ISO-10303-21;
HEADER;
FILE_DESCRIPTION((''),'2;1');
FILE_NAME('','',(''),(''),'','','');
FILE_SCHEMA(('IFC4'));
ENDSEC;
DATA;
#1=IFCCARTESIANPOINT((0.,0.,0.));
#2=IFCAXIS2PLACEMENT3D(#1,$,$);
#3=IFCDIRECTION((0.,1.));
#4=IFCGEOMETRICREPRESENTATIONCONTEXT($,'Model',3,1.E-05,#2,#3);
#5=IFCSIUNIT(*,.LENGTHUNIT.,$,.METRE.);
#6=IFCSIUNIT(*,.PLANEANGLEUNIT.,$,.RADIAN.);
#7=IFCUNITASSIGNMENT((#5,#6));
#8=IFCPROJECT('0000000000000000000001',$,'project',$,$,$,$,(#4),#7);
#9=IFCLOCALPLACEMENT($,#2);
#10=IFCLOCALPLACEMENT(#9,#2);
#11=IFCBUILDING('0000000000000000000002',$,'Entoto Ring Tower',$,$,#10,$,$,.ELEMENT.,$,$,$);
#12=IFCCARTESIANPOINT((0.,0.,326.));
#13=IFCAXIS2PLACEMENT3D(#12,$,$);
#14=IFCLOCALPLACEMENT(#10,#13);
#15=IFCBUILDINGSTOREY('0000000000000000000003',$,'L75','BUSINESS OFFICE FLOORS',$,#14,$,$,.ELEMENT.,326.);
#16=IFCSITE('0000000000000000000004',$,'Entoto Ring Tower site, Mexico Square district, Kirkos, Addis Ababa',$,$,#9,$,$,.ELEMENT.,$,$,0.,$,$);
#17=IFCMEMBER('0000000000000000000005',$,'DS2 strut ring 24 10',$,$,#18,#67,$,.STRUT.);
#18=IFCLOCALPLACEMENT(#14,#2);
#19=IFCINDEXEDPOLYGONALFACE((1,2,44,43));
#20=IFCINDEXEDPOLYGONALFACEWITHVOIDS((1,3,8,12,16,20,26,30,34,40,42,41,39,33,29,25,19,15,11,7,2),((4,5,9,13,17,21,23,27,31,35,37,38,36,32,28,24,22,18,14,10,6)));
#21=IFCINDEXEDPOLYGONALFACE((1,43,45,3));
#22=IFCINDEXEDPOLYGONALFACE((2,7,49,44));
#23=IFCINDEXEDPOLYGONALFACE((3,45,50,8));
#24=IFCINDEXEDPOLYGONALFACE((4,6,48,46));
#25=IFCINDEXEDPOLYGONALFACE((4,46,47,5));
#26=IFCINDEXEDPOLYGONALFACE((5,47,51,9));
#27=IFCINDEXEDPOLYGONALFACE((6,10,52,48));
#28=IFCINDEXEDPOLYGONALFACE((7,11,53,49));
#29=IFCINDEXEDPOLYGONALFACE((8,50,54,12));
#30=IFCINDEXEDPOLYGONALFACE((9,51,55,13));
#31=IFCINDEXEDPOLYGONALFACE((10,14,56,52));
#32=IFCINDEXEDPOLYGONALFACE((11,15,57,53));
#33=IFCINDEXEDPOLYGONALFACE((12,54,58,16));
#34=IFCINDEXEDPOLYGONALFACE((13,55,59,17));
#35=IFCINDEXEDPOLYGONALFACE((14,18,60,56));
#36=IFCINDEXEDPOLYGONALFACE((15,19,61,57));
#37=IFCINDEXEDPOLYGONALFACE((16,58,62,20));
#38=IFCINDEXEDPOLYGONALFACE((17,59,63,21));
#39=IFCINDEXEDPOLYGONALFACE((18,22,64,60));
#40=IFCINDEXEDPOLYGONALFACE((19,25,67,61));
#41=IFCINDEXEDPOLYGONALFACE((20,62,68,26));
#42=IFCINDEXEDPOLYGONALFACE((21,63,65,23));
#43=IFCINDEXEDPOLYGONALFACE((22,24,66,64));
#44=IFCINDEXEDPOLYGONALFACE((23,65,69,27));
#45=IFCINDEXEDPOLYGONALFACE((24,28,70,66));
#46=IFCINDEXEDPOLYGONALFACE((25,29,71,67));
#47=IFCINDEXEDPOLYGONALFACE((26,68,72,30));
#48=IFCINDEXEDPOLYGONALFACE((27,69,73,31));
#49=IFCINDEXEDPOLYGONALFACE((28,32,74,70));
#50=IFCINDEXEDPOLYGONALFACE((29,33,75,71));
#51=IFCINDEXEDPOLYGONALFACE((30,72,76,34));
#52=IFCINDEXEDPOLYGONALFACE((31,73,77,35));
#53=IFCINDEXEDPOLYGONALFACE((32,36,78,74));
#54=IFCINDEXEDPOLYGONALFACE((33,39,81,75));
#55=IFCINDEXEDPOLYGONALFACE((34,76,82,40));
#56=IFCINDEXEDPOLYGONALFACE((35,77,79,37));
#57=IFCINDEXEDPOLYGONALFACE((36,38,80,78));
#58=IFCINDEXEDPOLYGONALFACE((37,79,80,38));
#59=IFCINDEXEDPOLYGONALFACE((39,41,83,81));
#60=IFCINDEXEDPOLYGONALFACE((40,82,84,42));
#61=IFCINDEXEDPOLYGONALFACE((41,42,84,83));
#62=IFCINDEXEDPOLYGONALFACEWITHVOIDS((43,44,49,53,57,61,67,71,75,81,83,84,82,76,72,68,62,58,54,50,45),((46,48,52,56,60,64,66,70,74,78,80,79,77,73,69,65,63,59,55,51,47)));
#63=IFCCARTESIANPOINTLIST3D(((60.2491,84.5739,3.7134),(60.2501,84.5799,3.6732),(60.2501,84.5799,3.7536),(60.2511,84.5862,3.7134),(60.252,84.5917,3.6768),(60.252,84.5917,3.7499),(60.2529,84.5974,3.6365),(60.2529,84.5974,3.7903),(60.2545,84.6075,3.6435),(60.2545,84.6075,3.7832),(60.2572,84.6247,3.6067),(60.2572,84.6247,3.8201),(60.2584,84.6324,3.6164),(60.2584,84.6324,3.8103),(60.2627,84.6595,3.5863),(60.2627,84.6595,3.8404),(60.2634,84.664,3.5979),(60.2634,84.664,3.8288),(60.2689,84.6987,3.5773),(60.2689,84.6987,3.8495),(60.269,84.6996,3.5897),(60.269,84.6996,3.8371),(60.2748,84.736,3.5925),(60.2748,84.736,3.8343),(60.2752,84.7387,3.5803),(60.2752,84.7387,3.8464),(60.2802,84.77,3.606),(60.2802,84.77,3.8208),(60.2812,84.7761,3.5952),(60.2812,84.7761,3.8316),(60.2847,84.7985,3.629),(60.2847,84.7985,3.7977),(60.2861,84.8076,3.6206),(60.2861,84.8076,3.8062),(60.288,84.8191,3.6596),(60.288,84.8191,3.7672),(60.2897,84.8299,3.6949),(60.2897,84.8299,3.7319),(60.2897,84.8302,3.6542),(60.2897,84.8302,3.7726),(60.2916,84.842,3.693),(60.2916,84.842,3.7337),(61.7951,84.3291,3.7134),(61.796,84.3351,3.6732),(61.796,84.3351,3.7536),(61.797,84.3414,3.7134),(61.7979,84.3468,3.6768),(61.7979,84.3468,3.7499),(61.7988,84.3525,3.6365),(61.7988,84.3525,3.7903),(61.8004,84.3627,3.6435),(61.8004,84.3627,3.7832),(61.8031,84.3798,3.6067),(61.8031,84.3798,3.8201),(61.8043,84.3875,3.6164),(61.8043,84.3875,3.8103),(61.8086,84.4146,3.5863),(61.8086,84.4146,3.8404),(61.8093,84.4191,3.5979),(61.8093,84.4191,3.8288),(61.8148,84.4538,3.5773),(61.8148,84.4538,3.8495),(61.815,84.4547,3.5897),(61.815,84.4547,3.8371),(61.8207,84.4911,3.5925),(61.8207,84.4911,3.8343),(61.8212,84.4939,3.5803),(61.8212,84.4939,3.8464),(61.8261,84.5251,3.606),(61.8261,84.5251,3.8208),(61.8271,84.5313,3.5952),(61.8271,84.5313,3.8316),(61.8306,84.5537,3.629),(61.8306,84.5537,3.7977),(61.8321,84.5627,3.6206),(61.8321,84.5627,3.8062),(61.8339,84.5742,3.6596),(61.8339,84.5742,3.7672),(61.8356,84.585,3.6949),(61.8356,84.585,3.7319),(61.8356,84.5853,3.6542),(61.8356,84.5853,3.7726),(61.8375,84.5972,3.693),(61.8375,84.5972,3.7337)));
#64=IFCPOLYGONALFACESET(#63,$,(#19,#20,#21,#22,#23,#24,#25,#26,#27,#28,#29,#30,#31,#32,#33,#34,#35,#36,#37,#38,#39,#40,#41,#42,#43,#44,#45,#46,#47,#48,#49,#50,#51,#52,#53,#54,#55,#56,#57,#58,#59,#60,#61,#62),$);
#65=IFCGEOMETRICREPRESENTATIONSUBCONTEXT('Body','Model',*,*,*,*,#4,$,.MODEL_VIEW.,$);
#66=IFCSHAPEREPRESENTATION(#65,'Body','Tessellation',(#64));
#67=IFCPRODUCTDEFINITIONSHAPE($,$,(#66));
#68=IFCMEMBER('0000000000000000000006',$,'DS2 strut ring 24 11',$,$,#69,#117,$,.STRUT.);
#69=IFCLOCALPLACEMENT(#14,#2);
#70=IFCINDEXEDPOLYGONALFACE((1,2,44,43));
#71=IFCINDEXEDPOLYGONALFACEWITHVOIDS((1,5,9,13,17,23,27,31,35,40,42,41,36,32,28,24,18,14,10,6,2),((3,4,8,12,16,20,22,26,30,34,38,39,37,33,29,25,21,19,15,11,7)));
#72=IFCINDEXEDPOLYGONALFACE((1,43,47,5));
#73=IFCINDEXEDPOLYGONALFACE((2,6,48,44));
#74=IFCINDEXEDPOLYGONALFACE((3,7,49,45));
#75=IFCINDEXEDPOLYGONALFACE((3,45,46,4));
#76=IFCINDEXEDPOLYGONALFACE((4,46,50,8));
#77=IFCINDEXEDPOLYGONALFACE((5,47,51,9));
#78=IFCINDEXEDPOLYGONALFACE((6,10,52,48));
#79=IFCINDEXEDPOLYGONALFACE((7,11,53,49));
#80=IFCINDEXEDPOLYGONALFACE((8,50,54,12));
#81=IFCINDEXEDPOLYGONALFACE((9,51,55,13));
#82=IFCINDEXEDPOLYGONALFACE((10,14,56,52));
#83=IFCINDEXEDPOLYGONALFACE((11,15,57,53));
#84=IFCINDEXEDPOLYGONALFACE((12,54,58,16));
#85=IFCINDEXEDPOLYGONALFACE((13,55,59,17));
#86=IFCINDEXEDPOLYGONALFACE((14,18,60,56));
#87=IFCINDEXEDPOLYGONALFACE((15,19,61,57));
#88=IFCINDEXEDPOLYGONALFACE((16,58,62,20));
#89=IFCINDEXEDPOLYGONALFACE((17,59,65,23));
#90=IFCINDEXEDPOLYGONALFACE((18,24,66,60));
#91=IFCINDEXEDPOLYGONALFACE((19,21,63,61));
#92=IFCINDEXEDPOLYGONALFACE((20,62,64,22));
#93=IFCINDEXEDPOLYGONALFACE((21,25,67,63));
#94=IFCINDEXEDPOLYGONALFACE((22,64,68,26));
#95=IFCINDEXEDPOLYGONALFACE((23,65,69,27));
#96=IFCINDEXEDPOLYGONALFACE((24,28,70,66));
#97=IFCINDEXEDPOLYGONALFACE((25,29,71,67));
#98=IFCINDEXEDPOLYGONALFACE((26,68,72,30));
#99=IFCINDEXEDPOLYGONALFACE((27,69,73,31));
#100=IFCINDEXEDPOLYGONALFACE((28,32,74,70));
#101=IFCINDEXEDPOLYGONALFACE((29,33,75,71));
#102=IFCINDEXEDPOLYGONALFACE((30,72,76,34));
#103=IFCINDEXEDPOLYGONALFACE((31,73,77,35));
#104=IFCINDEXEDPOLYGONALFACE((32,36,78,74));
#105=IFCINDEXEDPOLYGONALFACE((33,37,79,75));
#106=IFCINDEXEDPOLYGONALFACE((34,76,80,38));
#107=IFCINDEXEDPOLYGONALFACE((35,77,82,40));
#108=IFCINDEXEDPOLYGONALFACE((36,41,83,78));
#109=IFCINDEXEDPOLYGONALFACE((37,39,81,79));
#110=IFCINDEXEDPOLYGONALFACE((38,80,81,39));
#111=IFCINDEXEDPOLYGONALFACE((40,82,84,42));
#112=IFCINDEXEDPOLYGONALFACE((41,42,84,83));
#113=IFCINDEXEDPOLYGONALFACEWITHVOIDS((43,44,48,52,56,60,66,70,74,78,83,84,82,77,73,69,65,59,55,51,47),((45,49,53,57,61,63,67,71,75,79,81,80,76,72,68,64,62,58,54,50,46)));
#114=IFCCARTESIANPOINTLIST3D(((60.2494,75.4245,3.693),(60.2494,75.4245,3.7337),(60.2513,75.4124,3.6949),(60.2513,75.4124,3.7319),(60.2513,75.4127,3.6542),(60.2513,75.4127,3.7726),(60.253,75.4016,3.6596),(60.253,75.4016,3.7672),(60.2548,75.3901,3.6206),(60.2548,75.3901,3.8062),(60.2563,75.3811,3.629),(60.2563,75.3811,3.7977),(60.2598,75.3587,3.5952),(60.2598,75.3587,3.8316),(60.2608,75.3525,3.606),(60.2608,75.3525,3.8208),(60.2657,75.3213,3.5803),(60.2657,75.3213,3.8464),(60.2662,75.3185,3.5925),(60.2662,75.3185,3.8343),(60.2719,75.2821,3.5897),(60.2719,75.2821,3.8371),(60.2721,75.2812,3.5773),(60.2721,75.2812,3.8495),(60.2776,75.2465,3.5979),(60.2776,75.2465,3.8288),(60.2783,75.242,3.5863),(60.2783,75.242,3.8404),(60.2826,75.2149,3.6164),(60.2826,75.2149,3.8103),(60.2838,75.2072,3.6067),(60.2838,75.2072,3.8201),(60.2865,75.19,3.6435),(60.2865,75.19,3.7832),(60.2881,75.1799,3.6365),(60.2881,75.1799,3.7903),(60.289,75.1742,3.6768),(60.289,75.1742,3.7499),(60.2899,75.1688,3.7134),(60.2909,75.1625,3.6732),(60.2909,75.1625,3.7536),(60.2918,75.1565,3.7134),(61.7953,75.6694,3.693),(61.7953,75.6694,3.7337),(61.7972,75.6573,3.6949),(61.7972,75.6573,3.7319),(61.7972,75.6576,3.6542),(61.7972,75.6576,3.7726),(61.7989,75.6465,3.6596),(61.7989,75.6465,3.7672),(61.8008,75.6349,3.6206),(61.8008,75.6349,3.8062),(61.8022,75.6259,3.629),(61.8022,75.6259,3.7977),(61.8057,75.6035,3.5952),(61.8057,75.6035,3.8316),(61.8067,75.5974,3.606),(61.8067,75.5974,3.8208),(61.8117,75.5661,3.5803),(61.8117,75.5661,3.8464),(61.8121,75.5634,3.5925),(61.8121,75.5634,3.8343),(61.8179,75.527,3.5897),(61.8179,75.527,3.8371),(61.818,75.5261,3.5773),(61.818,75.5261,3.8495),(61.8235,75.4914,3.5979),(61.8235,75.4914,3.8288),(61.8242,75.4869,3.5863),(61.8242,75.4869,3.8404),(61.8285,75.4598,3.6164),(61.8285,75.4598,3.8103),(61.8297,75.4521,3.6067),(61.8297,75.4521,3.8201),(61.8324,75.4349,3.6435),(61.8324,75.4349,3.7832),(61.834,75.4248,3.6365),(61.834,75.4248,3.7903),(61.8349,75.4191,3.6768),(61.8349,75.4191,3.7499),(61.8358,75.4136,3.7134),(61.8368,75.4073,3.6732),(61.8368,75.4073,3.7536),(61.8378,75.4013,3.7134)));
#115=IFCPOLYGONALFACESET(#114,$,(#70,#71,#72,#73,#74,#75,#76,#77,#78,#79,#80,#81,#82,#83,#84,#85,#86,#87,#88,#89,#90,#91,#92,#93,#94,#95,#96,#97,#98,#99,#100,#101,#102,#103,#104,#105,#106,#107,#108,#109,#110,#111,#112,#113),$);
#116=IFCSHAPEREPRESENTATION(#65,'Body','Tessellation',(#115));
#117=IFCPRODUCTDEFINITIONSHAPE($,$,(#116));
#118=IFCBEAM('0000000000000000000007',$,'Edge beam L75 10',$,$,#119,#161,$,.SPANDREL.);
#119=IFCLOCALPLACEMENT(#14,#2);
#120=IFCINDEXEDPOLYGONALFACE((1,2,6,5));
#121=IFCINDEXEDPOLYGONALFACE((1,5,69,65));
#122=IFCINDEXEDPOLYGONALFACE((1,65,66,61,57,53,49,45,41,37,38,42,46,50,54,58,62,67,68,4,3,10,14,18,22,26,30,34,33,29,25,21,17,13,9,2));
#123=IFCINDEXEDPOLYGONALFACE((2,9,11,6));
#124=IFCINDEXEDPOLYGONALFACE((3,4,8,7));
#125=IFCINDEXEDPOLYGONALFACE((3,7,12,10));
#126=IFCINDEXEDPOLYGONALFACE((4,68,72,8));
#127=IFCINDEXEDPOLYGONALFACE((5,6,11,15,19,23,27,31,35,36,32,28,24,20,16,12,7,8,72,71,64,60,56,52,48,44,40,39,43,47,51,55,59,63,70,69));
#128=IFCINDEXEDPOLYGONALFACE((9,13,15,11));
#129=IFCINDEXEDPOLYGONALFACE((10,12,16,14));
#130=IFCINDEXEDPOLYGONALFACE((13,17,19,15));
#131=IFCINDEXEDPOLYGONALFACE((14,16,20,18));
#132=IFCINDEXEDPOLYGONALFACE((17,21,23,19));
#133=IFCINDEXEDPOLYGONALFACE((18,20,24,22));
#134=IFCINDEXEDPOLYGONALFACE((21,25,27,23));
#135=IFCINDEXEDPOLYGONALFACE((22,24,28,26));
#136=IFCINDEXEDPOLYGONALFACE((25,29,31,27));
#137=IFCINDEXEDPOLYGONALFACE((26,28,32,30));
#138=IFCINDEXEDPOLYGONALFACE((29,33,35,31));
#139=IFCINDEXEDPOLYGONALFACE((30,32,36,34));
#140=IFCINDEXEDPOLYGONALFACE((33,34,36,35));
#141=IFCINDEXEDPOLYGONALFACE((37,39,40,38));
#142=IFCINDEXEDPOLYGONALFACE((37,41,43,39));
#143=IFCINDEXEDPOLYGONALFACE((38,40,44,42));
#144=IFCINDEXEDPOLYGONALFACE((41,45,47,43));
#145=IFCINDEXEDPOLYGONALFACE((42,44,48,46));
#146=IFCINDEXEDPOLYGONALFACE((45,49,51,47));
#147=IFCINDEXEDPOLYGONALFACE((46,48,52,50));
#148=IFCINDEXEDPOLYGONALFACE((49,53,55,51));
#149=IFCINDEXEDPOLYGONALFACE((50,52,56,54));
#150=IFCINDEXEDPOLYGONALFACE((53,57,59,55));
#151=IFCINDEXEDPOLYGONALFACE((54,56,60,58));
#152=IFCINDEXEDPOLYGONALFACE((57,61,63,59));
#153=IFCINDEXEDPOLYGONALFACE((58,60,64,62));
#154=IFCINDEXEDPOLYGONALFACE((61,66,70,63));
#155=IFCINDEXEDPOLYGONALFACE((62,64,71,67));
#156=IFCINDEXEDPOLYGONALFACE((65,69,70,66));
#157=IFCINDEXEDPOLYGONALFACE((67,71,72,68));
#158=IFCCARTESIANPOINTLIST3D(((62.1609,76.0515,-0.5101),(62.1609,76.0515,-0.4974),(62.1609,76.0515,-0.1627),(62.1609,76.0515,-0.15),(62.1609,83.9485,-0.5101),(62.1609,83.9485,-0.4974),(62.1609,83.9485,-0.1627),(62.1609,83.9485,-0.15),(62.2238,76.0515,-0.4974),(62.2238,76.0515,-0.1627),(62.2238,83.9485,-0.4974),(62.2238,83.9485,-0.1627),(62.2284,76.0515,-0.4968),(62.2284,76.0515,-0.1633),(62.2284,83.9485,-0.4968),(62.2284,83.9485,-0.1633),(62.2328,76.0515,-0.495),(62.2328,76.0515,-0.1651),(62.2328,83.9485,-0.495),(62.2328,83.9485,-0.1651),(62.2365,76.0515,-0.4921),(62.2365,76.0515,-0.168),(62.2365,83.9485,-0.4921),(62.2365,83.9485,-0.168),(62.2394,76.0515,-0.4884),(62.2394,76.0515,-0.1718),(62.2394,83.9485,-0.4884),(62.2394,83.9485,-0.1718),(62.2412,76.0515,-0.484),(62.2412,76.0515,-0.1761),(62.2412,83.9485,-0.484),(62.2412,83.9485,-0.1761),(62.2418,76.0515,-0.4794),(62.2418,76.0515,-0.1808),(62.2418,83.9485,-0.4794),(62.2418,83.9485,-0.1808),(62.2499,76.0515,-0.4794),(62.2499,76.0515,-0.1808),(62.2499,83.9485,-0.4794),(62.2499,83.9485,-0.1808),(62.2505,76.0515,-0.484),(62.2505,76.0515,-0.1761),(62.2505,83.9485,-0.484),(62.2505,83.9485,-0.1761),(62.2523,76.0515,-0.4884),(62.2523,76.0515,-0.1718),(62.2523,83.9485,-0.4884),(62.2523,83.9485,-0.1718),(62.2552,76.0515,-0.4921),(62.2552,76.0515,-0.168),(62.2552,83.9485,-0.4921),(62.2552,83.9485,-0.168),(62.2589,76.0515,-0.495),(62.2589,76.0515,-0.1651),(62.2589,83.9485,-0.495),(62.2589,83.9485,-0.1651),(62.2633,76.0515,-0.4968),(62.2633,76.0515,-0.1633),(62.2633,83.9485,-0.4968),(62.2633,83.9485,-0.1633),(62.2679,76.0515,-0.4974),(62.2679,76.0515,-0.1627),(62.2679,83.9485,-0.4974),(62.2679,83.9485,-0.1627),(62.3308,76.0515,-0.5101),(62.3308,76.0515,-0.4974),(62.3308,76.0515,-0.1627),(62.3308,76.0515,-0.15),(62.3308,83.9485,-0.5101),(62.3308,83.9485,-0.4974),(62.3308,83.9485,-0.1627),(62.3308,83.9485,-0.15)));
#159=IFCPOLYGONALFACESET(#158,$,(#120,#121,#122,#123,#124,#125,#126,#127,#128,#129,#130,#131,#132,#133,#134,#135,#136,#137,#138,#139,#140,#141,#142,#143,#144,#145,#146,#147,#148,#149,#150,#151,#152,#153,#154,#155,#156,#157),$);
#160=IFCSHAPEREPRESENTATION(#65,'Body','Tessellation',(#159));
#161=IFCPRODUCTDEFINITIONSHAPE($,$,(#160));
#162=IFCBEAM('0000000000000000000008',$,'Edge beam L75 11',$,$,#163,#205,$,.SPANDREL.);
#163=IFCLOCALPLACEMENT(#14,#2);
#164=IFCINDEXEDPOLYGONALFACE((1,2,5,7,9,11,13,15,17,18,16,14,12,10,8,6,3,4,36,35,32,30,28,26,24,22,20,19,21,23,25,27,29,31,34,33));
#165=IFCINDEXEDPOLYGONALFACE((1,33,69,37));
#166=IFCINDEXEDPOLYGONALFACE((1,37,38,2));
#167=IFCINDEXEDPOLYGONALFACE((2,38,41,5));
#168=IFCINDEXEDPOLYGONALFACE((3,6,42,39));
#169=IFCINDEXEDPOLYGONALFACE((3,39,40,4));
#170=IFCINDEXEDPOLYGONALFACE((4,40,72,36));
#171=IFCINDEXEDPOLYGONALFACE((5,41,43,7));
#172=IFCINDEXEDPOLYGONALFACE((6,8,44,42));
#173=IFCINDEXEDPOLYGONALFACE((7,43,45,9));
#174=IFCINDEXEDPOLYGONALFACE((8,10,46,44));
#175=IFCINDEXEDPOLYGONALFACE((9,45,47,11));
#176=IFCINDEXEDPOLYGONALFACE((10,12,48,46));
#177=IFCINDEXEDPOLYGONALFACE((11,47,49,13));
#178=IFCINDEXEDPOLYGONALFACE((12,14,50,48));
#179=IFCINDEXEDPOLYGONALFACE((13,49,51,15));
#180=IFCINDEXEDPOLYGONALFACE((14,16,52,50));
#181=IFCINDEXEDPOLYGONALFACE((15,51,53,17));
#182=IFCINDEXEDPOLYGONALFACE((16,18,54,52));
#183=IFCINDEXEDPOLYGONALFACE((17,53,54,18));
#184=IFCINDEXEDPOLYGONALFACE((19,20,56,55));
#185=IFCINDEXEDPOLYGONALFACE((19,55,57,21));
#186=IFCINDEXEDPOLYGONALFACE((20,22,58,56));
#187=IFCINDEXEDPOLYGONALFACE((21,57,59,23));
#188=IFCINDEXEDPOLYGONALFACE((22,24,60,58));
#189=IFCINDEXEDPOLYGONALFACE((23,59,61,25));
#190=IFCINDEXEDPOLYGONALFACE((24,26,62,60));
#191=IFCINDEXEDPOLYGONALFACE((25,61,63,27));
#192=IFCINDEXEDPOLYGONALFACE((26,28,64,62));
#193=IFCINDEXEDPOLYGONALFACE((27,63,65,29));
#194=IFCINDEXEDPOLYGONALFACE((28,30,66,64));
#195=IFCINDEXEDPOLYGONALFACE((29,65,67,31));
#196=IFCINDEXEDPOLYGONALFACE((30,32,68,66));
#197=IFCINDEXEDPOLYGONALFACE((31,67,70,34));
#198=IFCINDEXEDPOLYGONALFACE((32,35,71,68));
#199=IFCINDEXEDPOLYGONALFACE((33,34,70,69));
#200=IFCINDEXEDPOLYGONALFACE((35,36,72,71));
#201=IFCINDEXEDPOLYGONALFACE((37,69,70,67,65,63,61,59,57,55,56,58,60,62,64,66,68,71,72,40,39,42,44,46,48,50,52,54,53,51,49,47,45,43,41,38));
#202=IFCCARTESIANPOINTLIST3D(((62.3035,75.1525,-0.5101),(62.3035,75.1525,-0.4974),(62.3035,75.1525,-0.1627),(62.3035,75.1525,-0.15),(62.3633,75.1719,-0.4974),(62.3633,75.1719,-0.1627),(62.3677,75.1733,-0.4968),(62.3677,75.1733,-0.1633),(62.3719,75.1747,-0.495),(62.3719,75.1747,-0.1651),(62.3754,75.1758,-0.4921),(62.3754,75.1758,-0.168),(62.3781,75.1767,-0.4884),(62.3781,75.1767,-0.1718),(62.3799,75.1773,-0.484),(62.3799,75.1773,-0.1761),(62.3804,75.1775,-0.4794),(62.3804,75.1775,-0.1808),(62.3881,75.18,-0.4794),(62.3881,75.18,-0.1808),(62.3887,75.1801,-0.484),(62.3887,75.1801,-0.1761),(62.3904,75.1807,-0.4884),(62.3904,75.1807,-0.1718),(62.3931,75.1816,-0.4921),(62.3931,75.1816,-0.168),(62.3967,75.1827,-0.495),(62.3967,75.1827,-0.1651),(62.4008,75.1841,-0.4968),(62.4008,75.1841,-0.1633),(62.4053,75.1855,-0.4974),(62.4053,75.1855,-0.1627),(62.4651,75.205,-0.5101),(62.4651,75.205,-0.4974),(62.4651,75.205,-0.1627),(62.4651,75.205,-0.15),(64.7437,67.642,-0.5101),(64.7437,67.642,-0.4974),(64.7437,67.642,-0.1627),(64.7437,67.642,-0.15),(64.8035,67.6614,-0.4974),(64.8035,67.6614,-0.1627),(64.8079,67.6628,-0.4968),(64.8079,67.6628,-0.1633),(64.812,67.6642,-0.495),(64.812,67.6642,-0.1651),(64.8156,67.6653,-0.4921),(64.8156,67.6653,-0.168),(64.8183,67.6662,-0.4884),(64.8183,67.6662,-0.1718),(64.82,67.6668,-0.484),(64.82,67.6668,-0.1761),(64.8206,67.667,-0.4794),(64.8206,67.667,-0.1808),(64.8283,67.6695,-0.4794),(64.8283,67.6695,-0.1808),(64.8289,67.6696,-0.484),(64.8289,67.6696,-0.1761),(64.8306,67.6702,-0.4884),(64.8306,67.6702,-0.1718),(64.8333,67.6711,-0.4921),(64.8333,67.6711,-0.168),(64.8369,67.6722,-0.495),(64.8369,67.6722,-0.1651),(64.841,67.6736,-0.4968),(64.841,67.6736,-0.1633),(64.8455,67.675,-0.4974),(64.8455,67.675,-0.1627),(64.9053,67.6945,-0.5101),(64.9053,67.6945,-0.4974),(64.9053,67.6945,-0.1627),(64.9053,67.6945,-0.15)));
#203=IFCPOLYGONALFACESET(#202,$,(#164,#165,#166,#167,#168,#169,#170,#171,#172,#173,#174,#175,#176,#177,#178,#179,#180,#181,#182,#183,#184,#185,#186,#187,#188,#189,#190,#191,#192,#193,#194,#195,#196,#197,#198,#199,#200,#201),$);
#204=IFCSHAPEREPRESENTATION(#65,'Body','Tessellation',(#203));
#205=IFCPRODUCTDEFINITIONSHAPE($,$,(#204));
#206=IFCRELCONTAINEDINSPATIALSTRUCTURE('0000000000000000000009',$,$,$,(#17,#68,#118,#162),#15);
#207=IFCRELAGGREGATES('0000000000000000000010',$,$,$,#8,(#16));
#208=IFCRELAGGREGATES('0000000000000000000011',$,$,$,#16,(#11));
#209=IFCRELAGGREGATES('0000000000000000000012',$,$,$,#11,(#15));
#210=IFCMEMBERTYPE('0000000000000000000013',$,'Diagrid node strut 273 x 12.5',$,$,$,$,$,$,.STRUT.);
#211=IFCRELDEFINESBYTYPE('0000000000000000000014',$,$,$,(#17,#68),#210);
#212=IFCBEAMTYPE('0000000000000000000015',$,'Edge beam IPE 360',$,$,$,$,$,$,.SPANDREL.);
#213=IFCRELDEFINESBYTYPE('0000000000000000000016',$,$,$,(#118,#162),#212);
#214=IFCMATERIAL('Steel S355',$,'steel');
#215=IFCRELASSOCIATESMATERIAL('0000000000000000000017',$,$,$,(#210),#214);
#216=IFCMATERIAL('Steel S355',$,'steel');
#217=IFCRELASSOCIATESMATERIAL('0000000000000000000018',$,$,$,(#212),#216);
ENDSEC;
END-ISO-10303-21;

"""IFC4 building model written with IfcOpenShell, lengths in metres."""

from ifc_helpers import new_model, si_unit, direction, frame, origin, origin_2d, place, context, subcontext, project, spatial, circle, hollow_circle, i_section, extrude, material, material_profile, profile_set, type_object, element, save


model = new_model("IFC4")

# Units and contexts
model_context = context("Model", 3, precision=1e-05, world=origin(), true_north=direction((0.0, 1.0)))
body_context = subcontext(model_context, "Body", "Model", "MODEL_VIEW")
ifc_project = project(units=[si_unit("LENGTHUNIT", "METRE"), si_unit("PLANEANGLEUNIT", "RADIAN")], contexts=[model_context])

# Site, building, storey
site_placement = place(None, origin())
site = spatial("IfcSite", under=ifc_project, at=site_placement, Name="Entoto Ring Tower site, Mexico Square district, Kirkos, Addis Ababa", CompositionType="ELEMENT", RefElevation=0.0)
building_placement = place(site_placement, origin())
building = spatial("IfcBuilding", under=site, at=building_placement, Name="Entoto Ring Tower", CompositionType="ELEMENT")
storey_placement = place(building_placement, frame((0.0, 0.0, 326.0)))
storey = spatial("IfcBuildingStorey", under=building, at=storey_placement, Name="L75", Description="BUSINESS OFFICE FLOORS", CompositionType="ELEMENT", Elevation=326.0)

# Members
ifc_material_1 = material(Name="Steel S355", Category="steel")
ifc_material_profile_1 = material_profile(ifc_material_1, hollow_circle(Radius=0.1365, WallThickness=0.0125, at=origin_2d()), Name="CHS 273 x 12.5")
ifc_material_2 = material(Name="Concrete C60/75", Category="concrete")
ifc_material_profile_2 = material_profile(ifc_material_2, circle(Radius=0.124, at=origin_2d()), Name="Concrete C60/75 infill")
ifc_profile_set_1 = profile_set([ifc_material_profile_1, ifc_material_profile_2], Name="Steel S355")
member_type = type_object("IfcMemberType", Name="Diagrid node strut 273 x 12.5", PredefinedType="STRUT", material=ifc_profile_set_1)
for number, where, z_axis, x_axis, name in (
    (1, (61.8164, 84.4639, 3.7134), (-0.987686, 0.156451, 0.0), (-0.156451, -0.987686, 0.0), "DS2 strut ring 24 10"),
    (2, (61.8164, 75.5361, 3.7134), (-0.987686, -0.156451, 0.0), (0.156451, -0.987686, 0.0), "DS2 strut ring 24 11"),
):
    element("IfcMember", number, at=place(storey_placement, frame(where, z_axis=z_axis, x_axis=x_axis)), inside=storey, type_object=member_type, Name=name, PredefinedType="STRUT", context=body_context, shape_type="SweptSolid", body=[
        extrude(hollow_circle(Radius=0.1365, WallThickness=0.0125, at=origin_2d()), origin(), (0.0, 0.0, 1.0), 1.5652),
    ])

# Beams
ifc_material_3 = material(Name="Steel S355", Category="steel")
ifc_material_profile_3 = material_profile(ifc_material_3, i_section(OverallWidth=0.1699, OverallDepth=0.3601, WebThickness=0.0081, FlangeThickness=0.0127, FilletRadius=0.0181, at=origin_2d()), Name="IPE 360")
ifc_profile_set_2 = profile_set([ifc_material_profile_3], Name="Steel S355")
beam_type_1 = type_object("IfcBeamType", Name="Edge beam IPE 360", PredefinedType="SPANDREL", material=ifc_profile_set_2)
for number, where, z_axis, x_axis, name in (
    (3, (62.2458, 83.9485, -0.3301), (0.0, -1.0, 0.0), (1.0, 0.0, 0.0), "Edge beam L75 10"),
    (4, (62.3843, 75.1787, -0.3301), (0.309003, -0.951061, 0.0), (0.951061, 0.309003, 0.0), "Edge beam L75 11"),
):
    element("IfcBeam", number, at=place(storey_placement, frame(where, z_axis=z_axis, x_axis=x_axis)), inside=storey, type_object=beam_type_1, Name=name, PredefinedType="SPANDREL", context=body_context, shape_type="SweptSolid", body=[
        extrude(i_section(OverallWidth=0.1699, OverallDepth=0.3601, WebThickness=0.0081, FlangeThickness=0.0127, FilletRadius=0.0181, at=origin_2d()), origin(), (0.0, 0.0, 1.0), 7.897),
    ])

save(model, "model.ifc")
